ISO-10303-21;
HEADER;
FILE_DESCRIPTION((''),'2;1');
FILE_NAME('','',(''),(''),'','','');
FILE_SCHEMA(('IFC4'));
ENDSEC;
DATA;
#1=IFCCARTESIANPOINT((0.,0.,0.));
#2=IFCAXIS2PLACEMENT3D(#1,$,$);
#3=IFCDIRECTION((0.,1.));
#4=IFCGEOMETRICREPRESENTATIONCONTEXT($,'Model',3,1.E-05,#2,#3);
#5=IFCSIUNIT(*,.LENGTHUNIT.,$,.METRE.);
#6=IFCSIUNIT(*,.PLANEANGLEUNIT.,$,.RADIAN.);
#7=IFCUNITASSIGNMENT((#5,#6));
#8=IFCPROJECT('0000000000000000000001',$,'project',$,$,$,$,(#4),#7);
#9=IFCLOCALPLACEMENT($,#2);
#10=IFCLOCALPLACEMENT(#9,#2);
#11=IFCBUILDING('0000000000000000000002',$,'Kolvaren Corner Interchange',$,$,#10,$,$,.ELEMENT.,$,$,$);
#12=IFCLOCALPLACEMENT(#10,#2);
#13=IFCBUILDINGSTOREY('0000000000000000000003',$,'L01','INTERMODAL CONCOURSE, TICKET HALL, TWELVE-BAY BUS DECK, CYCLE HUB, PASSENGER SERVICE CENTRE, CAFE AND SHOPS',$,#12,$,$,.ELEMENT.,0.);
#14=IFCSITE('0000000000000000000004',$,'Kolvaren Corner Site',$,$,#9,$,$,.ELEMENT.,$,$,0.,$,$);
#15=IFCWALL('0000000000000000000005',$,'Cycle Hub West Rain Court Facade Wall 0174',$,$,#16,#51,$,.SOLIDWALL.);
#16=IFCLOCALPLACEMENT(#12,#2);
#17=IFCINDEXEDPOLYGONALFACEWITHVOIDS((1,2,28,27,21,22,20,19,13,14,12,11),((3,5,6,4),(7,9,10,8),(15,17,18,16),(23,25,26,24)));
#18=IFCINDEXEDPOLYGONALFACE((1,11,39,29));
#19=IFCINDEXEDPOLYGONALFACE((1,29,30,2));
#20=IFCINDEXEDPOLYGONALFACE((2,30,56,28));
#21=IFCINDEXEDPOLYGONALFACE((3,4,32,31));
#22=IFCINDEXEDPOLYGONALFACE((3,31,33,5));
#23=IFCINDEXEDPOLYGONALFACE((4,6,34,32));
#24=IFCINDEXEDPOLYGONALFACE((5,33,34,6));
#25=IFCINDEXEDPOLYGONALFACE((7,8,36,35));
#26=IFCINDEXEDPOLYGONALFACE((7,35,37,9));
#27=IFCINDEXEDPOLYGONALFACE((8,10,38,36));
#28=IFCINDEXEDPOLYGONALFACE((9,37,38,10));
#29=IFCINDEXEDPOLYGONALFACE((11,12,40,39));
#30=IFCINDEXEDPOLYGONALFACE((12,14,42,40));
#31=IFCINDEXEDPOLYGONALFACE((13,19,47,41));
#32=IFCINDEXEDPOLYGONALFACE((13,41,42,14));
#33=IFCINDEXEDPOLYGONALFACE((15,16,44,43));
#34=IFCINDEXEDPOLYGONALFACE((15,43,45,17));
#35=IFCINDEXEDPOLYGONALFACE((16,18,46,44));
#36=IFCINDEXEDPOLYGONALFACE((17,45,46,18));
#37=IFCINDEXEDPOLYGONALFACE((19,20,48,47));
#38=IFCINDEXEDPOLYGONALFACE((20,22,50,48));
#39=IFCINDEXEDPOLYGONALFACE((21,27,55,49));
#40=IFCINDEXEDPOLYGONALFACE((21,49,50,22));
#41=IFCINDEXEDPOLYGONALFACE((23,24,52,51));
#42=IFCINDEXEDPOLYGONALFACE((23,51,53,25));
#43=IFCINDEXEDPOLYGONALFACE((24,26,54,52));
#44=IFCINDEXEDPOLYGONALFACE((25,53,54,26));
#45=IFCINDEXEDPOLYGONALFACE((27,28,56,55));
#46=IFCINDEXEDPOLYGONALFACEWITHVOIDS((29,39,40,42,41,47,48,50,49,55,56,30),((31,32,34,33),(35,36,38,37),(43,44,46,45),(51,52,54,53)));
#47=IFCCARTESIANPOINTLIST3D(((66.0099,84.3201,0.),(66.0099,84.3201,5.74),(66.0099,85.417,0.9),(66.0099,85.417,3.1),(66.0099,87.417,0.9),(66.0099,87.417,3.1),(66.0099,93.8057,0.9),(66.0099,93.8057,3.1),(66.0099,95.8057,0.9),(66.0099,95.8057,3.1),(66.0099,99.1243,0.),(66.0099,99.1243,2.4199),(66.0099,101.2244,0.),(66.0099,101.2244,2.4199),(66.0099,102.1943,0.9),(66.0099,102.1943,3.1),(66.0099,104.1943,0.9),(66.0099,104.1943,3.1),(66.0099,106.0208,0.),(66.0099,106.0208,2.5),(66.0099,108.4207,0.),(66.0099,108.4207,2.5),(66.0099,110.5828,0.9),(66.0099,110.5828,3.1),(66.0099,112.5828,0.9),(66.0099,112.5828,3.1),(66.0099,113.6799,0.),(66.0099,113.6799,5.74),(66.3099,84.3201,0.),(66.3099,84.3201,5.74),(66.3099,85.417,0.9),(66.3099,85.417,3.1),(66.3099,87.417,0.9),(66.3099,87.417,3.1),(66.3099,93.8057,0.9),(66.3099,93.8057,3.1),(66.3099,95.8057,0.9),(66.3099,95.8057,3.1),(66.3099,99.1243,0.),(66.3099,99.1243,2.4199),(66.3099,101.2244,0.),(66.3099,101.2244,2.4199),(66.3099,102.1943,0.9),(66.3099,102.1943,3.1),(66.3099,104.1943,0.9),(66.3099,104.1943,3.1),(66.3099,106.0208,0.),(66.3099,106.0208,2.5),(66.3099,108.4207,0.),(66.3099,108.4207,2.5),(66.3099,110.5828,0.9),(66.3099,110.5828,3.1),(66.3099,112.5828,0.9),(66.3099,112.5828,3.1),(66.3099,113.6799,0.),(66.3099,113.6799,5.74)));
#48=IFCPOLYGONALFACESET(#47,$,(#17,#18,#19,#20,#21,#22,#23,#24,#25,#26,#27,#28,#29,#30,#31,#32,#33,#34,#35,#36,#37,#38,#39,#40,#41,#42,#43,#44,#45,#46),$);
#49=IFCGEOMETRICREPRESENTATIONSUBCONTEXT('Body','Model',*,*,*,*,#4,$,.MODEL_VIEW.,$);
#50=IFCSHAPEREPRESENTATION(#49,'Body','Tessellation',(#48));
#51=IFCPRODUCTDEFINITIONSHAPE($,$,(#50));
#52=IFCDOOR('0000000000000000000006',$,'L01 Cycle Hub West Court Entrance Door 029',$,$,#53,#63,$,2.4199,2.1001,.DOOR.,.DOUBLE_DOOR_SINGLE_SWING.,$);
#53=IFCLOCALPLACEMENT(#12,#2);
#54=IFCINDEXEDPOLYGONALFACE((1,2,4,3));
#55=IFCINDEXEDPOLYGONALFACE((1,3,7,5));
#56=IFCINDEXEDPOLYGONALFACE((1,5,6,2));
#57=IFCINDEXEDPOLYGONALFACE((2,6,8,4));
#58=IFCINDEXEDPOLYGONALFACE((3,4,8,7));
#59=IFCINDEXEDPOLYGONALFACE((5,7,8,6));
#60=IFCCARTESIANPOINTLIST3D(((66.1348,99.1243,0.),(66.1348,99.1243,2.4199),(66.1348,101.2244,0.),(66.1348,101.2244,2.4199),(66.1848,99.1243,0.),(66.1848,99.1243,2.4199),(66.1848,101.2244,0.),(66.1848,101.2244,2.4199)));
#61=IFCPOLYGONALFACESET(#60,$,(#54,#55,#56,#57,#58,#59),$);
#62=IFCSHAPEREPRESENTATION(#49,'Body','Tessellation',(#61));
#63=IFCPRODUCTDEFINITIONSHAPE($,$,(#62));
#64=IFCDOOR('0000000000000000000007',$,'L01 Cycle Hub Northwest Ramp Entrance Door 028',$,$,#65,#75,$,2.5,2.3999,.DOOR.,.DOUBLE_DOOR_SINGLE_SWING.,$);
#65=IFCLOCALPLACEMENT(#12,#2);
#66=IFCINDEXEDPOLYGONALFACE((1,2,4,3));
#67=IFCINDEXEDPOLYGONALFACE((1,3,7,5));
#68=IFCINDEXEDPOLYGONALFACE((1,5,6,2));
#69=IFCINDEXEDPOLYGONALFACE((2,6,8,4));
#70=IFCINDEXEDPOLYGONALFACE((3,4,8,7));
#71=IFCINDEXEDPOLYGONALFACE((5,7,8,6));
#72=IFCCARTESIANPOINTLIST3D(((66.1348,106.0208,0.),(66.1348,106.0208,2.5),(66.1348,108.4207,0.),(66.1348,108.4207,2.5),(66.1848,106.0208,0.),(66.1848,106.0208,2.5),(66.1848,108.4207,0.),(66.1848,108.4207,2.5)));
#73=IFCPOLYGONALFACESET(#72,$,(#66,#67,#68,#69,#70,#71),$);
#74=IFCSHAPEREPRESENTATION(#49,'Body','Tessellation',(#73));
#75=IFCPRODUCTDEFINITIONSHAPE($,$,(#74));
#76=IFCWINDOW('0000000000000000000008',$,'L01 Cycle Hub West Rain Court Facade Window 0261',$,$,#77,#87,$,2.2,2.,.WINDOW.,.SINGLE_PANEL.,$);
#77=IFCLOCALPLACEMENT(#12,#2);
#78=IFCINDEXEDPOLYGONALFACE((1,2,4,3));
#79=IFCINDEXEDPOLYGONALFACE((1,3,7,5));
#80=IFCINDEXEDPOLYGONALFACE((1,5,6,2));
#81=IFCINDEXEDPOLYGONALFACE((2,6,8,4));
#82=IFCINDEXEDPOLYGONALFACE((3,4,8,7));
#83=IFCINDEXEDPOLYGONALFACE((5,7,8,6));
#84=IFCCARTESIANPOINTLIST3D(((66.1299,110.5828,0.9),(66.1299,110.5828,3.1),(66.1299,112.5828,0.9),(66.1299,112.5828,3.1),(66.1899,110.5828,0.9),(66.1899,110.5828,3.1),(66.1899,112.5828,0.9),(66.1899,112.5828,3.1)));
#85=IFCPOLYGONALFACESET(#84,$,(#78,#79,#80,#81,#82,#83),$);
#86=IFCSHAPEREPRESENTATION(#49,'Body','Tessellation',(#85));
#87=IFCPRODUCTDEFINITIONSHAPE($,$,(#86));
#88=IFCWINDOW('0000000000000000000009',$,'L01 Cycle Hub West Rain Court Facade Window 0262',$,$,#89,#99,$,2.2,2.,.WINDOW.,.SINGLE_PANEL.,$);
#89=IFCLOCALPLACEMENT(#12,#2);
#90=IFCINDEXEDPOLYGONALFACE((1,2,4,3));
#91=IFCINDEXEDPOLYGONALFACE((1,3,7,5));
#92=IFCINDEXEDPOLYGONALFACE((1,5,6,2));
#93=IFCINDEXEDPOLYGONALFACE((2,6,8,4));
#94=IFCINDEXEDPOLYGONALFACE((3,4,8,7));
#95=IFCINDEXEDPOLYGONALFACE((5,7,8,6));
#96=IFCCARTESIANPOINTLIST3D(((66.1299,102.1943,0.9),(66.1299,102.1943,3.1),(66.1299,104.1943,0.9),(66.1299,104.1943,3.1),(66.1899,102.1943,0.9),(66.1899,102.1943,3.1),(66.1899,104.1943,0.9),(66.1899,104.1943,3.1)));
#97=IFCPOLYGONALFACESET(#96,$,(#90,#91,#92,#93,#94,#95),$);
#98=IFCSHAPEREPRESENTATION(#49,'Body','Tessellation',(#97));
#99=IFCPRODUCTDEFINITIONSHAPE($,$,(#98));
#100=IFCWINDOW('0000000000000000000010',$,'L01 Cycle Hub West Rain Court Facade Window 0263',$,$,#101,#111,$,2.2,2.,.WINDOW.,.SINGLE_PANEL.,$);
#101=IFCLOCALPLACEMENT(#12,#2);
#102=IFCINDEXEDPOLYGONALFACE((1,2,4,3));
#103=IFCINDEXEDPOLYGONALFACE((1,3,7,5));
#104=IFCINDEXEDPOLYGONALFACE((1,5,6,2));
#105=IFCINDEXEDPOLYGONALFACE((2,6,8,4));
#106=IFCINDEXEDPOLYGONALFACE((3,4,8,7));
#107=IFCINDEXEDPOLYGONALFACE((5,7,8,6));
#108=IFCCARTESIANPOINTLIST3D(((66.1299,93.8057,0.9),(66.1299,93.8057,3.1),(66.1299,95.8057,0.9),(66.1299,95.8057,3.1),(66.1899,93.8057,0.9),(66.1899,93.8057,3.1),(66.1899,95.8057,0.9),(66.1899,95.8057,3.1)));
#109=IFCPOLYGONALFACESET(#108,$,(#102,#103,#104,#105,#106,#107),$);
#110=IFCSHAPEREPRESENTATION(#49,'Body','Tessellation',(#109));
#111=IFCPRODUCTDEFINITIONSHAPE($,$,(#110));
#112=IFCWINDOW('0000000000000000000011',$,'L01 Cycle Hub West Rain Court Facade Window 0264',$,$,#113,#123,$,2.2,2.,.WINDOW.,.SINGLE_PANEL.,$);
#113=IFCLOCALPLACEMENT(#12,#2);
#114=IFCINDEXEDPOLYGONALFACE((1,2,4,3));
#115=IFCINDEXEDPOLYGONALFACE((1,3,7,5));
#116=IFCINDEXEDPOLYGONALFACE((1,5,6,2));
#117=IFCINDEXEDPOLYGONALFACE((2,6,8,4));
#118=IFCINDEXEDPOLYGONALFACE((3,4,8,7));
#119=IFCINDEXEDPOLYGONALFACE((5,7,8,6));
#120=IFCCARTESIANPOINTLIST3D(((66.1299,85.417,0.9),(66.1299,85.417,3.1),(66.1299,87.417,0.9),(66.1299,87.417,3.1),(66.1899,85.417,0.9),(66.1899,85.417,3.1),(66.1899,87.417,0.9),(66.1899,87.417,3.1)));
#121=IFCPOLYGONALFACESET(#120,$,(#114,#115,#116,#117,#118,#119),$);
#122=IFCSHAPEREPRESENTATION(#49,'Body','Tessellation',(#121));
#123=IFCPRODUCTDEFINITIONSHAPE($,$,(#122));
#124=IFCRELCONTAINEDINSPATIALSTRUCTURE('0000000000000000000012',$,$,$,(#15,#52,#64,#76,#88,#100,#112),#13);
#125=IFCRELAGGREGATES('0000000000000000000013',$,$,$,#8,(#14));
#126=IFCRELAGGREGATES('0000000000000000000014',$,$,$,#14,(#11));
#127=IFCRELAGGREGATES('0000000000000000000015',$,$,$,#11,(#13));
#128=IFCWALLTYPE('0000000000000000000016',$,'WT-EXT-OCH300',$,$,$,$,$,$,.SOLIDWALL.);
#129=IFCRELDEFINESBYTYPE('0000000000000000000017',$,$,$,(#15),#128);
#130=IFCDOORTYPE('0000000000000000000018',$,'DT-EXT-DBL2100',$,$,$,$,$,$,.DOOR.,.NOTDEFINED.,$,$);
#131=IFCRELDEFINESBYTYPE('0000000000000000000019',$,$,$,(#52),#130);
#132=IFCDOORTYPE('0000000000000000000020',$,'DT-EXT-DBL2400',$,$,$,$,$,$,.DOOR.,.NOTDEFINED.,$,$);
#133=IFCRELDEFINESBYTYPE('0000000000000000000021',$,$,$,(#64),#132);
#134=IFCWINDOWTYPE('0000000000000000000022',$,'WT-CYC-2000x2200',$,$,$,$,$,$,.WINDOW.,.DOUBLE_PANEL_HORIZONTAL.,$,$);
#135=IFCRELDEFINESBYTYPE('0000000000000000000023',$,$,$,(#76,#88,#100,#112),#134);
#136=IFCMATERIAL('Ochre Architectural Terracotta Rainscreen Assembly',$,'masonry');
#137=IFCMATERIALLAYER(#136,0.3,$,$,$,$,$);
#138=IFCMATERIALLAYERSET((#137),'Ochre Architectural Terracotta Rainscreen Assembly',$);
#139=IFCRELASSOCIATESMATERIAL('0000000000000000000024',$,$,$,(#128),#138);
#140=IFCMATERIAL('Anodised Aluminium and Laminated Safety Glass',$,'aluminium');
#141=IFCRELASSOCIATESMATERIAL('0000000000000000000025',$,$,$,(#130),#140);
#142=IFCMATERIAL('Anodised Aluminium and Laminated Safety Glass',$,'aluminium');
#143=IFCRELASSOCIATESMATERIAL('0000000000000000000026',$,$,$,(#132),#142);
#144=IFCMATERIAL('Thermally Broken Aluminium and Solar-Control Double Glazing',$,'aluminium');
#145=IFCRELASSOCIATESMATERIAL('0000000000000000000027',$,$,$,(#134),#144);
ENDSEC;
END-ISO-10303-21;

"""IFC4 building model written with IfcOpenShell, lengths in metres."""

from ifc_helpers import new_model, si_unit, direction, frame, frame_2d, origin, place, context, subcontext, project, spatial, rectangle, extrude, material, layer, layer_set, type_object, element, fill, save


model = new_model("IFC4")

# Units and contexts
model_context = context("Model", 3, precision=1e-05, world=origin(), true_north=direction((0.0, 1.0)))
body_context = subcontext(model_context, "Body", "Model", "MODEL_VIEW")
ifc_project = project(units=[si_unit("LENGTHUNIT", "METRE"), si_unit("PLANEANGLEUNIT", "RADIAN")], contexts=[model_context])

# Site, building, storey
site_placement = place(None, origin())
site = spatial("IfcSite", under=ifc_project, at=site_placement, Name="Kolvaren Corner Site", CompositionType="ELEMENT", RefElevation=0.0)
building_placement = place(site_placement, origin())
building = spatial("IfcBuilding", under=site, at=building_placement, Name="Kolvaren Corner Interchange", CompositionType="ELEMENT")
storey_placement = place(building_placement, origin())
storey = spatial("IfcBuildingStorey", under=building, at=storey_placement, Name="L01", Description="INTERMODAL CONCOURSE, TICKET HALL, TWELVE-BAY BUS DECK, CYCLE HUB, PASSENGER SERVICE CENTRE, CAFE AND SHOPS", CompositionType="ELEMENT", Elevation=0.0)

# Wall, openings, doors, windows
ifc_material_1 = material(Name="Ochre Architectural Terracotta Rainscreen Assembly", Category="masonry")
ifc_layer = layer(ifc_material_1, 0.3)
ifc_layer_set = layer_set([ifc_layer], Name="Ochre Architectural Terracotta Rainscreen Assembly")
wall_type = type_object("IfcWallType", Name="WT-EXT-OCH300", PredefinedType="SOLIDWALL", material=ifc_layer_set)
wall_placement = place(storey_placement, frame((66.1599, 113.6799, 0.0), z_axis=(0.0, 0.0, 1.0), x_axis=(0.0, -1.0, 0.0)))
wall = element("IfcWall", 1, at=wall_placement, inside=storey, type_object=wall_type, Name="Cycle Hub West Rain Court Facade Wall 0174", PredefinedType="SOLIDWALL", context=body_context, shape_type="SweptSolid", body=[
    extrude(rectangle(XDim=29.3599, YDim=0.3, at=frame_2d((14.6799, 0.0))), origin(), (0.0, 0.0, 1.0), 5.74),
])
opening_1_placement = place(wall_placement, frame((5.2593, 0.0, 0.0)))
opening_1 = element("IfcOpeningElement", 2, at=opening_1_placement, cuts=wall, PredefinedType="OPENING", context=body_context, shape_type="SweptSolid", body=[
    extrude(rectangle(XDim=2.3999, YDim=2.5, at=frame_2d((1.2, 1.25))), frame((0.0, 0.1599, 0.0), z_axis=(0.0, -1.0, 0.0), x_axis=(1.0, 0.0, 0.0)), (0.0, 0.0, 1.0), 0.3201),
])
opening_2_placement = place(wall_placement, frame((12.4556, 0.0, 0.0)))
opening_2 = element("IfcOpeningElement", 3, at=opening_2_placement, cuts=wall, PredefinedType="OPENING", context=body_context, shape_type="SweptSolid", body=[
    extrude(rectangle(XDim=2.1001, YDim=2.4199, at=frame_2d((1.05, 1.21))), frame((0.0, 0.1599, 0.0), z_axis=(0.0, -1.0, 0.0), x_axis=(1.0, 0.0, 0.0)), (0.0, 0.0, 1.0), 0.3201),
])
opening_3_placement = place(wall_placement, frame((1.0972, 0.0, 0.8999)))
opening_3 = element("IfcOpeningElement", 4, at=opening_3_placement, cuts=wall, PredefinedType="OPENING", context=body_context, shape_type="SweptSolid", body=[
    extrude(rectangle(XDim=2.0, YDim=2.2, at=frame_2d((1.0, 1.1001))), frame((0.0, 0.1599, 0.0), z_axis=(0.0, -1.0, 0.0), x_axis=(1.0, 0.0, 0.0)), (0.0, 0.0, 1.0), 0.3201),
])
opening_4_placement = place(wall_placement, frame((9.4856, 0.0, 0.8999)))
opening_4 = element("IfcOpeningElement", 5, at=opening_4_placement, cuts=wall, PredefinedType="OPENING", context=body_context, shape_type="SweptSolid", body=[
    extrude(rectangle(XDim=2.0, YDim=2.2, at=frame_2d((1.0, 1.1001))), frame((0.0, 0.1599, 0.0), z_axis=(0.0, -1.0, 0.0), x_axis=(1.0, 0.0, 0.0)), (0.0, 0.0, 1.0), 0.3201),
])
opening_5_placement = place(wall_placement, frame((17.8743, 0.0, 0.8999)))
opening_5 = element("IfcOpeningElement", 6, at=opening_5_placement, cuts=wall, PredefinedType="OPENING", context=body_context, shape_type="SweptSolid", body=[
    extrude(rectangle(XDim=2.0, YDim=2.2, at=frame_2d((1.0, 1.1001))), frame((0.0, 0.1599, 0.0), z_axis=(0.0, -1.0, 0.0), x_axis=(1.0, 0.0, 0.0)), (0.0, 0.0, 1.0), 0.3201),
])
opening_6_placement = place(wall_placement, frame((26.2629, 0.0, 0.8999)))
opening_6 = element("IfcOpeningElement", 7, at=opening_6_placement, cuts=wall, PredefinedType="OPENING", context=body_context, shape_type="SweptSolid", body=[
    extrude(rectangle(XDim=2.0, YDim=2.2, at=frame_2d((1.0, 1.1001))), frame((0.0, 0.1599, 0.0), z_axis=(0.0, -1.0, 0.0), x_axis=(1.0, 0.0, 0.0)), (0.0, 0.0, 1.0), 0.3201),
])
ifc_material_2 = material(Name="Anodised Aluminium and Laminated Safety Glass", Category="aluminium")
door_type_1 = type_object("IfcDoorType", Name="DT-EXT-DBL2100", OperationType="NOTDEFINED", PredefinedType="DOOR", material=ifc_material_2)
door_1_placement = place(opening_2_placement, origin())
door_1 = element("IfcDoor", 8, at=door_1_placement, inside=storey, type_object=door_type_1, Name="L01 Cycle Hub West Court Entrance Door 029", OperationType="DOUBLE_DOOR_SINGLE_SWING", OverallHeight=2.4199, OverallWidth=2.1001, PredefinedType="DOOR", context=body_context, shape_type="SweptSolid", body=[
    extrude(rectangle(XDim=2.1001, YDim=2.4199, at=frame_2d((1.05, 1.21))), frame((0.0, 0.0249, 0.0), z_axis=(0.0, -1.0, 0.0), x_axis=(1.0, 0.0, 0.0)), (0.0, 0.0, 1.0), 0.05),
])
fill(opening_2, door_1)
ifc_material_3 = material(Name="Anodised Aluminium and Laminated Safety Glass", Category="aluminium")
door_type_2 = type_object("IfcDoorType", Name="DT-EXT-DBL2400", OperationType="NOTDEFINED", PredefinedType="DOOR", material=ifc_material_3)
door_2_placement = place(opening_1_placement, origin())
door_2 = element("IfcDoor", 9, at=door_2_placement, inside=storey, type_object=door_type_2, Name="L01 Cycle Hub Northwest Ramp Entrance Door 028", OperationType="DOUBLE_DOOR_SINGLE_SWING", OverallHeight=2.5, OverallWidth=2.3999, PredefinedType="DOOR", context=body_context, shape_type="SweptSolid", body=[
    extrude(rectangle(XDim=2.3999, YDim=2.5, at=frame_2d((1.2, 1.25))), frame((0.0, 0.0249, 0.0), z_axis=(0.0, -1.0, 0.0), x_axis=(1.0, 0.0, 0.0)), (0.0, 0.0, 1.0), 0.05),
])
fill(opening_1, door_2)
ifc_material_4 = material(Name="Thermally Broken Aluminium and Solar-Control Double Glazing", Category="aluminium")
window_type = type_object("IfcWindowType", Name="WT-CYC-2000x2200", PartitioningType="DOUBLE_PANEL_HORIZONTAL", PredefinedType="WINDOW", material=ifc_material_4)
window_1_placement = place(opening_3_placement, origin())
window_1 = element("IfcWindow", 10, at=window_1_placement, inside=storey, type_object=window_type, Name="L01 Cycle Hub West Rain Court Facade Window 0261", OverallHeight=2.2, OverallWidth=2.0, PartitioningType="SINGLE_PANEL", PredefinedType="WINDOW", context=body_context, shape_type="SweptSolid", body=[
    extrude(rectangle(XDim=2.0, YDim=2.2, at=frame_2d((1.0, 1.1001))), frame((0.0, 0.03, 0.0), z_axis=(0.0, -1.0, 0.0), x_axis=(1.0, 0.0, 0.0)), (0.0, 0.0, 1.0), 0.0601),
])
fill(opening_3, window_1)
window_2_placement = place(opening_4_placement, origin())
window_2 = element("IfcWindow", 11, at=window_2_placement, inside=storey, type_object=window_type, Name="L01 Cycle Hub West Rain Court Facade Window 0262", OverallHeight=2.2, OverallWidth=2.0, PartitioningType="SINGLE_PANEL", PredefinedType="WINDOW", context=body_context, shape_type="SweptSolid", body=[
    extrude(rectangle(XDim=2.0, YDim=2.2, at=frame_2d((1.0, 1.1001))), frame((0.0, 0.03, 0.0), z_axis=(0.0, -1.0, 0.0), x_axis=(1.0, 0.0, 0.0)), (0.0, 0.0, 1.0), 0.0601),
])
fill(opening_4, window_2)
window_3_placement = place(opening_5_placement, origin())
window_3 = element("IfcWindow", 12, at=window_3_placement, inside=storey, type_object=window_type, Name="L01 Cycle Hub West Rain Court Facade Window 0263", OverallHeight=2.2, OverallWidth=2.0, PartitioningType="SINGLE_PANEL", PredefinedType="WINDOW", context=body_context, shape_type="SweptSolid", body=[
    extrude(rectangle(XDim=2.0, YDim=2.2, at=frame_2d((1.0, 1.1001))), frame((0.0, 0.03, 0.0), z_axis=(0.0, -1.0, 0.0), x_axis=(1.0, 0.0, 0.0)), (0.0, 0.0, 1.0), 0.0601),
])
fill(opening_5, window_3)
window_4_placement = place(opening_6_placement, origin())
window_4 = element("IfcWindow", 13, at=window_4_placement, inside=storey, type_object=window_type, Name="L01 Cycle Hub West Rain Court Facade Window 0264", OverallHeight=2.2, OverallWidth=2.0, PartitioningType="SINGLE_PANEL", PredefinedType="WINDOW", context=body_context, shape_type="SweptSolid", body=[
    extrude(rectangle(XDim=2.0, YDim=2.2, at=frame_2d((1.0, 1.1001))), frame((0.0, 0.03, 0.0), z_axis=(0.0, -1.0, 0.0), x_axis=(1.0, 0.0, 0.0)), (0.0, 0.0, 1.0), 0.0601),
])
fill(opening_6, window_4)

save(model, "model.ifc")
